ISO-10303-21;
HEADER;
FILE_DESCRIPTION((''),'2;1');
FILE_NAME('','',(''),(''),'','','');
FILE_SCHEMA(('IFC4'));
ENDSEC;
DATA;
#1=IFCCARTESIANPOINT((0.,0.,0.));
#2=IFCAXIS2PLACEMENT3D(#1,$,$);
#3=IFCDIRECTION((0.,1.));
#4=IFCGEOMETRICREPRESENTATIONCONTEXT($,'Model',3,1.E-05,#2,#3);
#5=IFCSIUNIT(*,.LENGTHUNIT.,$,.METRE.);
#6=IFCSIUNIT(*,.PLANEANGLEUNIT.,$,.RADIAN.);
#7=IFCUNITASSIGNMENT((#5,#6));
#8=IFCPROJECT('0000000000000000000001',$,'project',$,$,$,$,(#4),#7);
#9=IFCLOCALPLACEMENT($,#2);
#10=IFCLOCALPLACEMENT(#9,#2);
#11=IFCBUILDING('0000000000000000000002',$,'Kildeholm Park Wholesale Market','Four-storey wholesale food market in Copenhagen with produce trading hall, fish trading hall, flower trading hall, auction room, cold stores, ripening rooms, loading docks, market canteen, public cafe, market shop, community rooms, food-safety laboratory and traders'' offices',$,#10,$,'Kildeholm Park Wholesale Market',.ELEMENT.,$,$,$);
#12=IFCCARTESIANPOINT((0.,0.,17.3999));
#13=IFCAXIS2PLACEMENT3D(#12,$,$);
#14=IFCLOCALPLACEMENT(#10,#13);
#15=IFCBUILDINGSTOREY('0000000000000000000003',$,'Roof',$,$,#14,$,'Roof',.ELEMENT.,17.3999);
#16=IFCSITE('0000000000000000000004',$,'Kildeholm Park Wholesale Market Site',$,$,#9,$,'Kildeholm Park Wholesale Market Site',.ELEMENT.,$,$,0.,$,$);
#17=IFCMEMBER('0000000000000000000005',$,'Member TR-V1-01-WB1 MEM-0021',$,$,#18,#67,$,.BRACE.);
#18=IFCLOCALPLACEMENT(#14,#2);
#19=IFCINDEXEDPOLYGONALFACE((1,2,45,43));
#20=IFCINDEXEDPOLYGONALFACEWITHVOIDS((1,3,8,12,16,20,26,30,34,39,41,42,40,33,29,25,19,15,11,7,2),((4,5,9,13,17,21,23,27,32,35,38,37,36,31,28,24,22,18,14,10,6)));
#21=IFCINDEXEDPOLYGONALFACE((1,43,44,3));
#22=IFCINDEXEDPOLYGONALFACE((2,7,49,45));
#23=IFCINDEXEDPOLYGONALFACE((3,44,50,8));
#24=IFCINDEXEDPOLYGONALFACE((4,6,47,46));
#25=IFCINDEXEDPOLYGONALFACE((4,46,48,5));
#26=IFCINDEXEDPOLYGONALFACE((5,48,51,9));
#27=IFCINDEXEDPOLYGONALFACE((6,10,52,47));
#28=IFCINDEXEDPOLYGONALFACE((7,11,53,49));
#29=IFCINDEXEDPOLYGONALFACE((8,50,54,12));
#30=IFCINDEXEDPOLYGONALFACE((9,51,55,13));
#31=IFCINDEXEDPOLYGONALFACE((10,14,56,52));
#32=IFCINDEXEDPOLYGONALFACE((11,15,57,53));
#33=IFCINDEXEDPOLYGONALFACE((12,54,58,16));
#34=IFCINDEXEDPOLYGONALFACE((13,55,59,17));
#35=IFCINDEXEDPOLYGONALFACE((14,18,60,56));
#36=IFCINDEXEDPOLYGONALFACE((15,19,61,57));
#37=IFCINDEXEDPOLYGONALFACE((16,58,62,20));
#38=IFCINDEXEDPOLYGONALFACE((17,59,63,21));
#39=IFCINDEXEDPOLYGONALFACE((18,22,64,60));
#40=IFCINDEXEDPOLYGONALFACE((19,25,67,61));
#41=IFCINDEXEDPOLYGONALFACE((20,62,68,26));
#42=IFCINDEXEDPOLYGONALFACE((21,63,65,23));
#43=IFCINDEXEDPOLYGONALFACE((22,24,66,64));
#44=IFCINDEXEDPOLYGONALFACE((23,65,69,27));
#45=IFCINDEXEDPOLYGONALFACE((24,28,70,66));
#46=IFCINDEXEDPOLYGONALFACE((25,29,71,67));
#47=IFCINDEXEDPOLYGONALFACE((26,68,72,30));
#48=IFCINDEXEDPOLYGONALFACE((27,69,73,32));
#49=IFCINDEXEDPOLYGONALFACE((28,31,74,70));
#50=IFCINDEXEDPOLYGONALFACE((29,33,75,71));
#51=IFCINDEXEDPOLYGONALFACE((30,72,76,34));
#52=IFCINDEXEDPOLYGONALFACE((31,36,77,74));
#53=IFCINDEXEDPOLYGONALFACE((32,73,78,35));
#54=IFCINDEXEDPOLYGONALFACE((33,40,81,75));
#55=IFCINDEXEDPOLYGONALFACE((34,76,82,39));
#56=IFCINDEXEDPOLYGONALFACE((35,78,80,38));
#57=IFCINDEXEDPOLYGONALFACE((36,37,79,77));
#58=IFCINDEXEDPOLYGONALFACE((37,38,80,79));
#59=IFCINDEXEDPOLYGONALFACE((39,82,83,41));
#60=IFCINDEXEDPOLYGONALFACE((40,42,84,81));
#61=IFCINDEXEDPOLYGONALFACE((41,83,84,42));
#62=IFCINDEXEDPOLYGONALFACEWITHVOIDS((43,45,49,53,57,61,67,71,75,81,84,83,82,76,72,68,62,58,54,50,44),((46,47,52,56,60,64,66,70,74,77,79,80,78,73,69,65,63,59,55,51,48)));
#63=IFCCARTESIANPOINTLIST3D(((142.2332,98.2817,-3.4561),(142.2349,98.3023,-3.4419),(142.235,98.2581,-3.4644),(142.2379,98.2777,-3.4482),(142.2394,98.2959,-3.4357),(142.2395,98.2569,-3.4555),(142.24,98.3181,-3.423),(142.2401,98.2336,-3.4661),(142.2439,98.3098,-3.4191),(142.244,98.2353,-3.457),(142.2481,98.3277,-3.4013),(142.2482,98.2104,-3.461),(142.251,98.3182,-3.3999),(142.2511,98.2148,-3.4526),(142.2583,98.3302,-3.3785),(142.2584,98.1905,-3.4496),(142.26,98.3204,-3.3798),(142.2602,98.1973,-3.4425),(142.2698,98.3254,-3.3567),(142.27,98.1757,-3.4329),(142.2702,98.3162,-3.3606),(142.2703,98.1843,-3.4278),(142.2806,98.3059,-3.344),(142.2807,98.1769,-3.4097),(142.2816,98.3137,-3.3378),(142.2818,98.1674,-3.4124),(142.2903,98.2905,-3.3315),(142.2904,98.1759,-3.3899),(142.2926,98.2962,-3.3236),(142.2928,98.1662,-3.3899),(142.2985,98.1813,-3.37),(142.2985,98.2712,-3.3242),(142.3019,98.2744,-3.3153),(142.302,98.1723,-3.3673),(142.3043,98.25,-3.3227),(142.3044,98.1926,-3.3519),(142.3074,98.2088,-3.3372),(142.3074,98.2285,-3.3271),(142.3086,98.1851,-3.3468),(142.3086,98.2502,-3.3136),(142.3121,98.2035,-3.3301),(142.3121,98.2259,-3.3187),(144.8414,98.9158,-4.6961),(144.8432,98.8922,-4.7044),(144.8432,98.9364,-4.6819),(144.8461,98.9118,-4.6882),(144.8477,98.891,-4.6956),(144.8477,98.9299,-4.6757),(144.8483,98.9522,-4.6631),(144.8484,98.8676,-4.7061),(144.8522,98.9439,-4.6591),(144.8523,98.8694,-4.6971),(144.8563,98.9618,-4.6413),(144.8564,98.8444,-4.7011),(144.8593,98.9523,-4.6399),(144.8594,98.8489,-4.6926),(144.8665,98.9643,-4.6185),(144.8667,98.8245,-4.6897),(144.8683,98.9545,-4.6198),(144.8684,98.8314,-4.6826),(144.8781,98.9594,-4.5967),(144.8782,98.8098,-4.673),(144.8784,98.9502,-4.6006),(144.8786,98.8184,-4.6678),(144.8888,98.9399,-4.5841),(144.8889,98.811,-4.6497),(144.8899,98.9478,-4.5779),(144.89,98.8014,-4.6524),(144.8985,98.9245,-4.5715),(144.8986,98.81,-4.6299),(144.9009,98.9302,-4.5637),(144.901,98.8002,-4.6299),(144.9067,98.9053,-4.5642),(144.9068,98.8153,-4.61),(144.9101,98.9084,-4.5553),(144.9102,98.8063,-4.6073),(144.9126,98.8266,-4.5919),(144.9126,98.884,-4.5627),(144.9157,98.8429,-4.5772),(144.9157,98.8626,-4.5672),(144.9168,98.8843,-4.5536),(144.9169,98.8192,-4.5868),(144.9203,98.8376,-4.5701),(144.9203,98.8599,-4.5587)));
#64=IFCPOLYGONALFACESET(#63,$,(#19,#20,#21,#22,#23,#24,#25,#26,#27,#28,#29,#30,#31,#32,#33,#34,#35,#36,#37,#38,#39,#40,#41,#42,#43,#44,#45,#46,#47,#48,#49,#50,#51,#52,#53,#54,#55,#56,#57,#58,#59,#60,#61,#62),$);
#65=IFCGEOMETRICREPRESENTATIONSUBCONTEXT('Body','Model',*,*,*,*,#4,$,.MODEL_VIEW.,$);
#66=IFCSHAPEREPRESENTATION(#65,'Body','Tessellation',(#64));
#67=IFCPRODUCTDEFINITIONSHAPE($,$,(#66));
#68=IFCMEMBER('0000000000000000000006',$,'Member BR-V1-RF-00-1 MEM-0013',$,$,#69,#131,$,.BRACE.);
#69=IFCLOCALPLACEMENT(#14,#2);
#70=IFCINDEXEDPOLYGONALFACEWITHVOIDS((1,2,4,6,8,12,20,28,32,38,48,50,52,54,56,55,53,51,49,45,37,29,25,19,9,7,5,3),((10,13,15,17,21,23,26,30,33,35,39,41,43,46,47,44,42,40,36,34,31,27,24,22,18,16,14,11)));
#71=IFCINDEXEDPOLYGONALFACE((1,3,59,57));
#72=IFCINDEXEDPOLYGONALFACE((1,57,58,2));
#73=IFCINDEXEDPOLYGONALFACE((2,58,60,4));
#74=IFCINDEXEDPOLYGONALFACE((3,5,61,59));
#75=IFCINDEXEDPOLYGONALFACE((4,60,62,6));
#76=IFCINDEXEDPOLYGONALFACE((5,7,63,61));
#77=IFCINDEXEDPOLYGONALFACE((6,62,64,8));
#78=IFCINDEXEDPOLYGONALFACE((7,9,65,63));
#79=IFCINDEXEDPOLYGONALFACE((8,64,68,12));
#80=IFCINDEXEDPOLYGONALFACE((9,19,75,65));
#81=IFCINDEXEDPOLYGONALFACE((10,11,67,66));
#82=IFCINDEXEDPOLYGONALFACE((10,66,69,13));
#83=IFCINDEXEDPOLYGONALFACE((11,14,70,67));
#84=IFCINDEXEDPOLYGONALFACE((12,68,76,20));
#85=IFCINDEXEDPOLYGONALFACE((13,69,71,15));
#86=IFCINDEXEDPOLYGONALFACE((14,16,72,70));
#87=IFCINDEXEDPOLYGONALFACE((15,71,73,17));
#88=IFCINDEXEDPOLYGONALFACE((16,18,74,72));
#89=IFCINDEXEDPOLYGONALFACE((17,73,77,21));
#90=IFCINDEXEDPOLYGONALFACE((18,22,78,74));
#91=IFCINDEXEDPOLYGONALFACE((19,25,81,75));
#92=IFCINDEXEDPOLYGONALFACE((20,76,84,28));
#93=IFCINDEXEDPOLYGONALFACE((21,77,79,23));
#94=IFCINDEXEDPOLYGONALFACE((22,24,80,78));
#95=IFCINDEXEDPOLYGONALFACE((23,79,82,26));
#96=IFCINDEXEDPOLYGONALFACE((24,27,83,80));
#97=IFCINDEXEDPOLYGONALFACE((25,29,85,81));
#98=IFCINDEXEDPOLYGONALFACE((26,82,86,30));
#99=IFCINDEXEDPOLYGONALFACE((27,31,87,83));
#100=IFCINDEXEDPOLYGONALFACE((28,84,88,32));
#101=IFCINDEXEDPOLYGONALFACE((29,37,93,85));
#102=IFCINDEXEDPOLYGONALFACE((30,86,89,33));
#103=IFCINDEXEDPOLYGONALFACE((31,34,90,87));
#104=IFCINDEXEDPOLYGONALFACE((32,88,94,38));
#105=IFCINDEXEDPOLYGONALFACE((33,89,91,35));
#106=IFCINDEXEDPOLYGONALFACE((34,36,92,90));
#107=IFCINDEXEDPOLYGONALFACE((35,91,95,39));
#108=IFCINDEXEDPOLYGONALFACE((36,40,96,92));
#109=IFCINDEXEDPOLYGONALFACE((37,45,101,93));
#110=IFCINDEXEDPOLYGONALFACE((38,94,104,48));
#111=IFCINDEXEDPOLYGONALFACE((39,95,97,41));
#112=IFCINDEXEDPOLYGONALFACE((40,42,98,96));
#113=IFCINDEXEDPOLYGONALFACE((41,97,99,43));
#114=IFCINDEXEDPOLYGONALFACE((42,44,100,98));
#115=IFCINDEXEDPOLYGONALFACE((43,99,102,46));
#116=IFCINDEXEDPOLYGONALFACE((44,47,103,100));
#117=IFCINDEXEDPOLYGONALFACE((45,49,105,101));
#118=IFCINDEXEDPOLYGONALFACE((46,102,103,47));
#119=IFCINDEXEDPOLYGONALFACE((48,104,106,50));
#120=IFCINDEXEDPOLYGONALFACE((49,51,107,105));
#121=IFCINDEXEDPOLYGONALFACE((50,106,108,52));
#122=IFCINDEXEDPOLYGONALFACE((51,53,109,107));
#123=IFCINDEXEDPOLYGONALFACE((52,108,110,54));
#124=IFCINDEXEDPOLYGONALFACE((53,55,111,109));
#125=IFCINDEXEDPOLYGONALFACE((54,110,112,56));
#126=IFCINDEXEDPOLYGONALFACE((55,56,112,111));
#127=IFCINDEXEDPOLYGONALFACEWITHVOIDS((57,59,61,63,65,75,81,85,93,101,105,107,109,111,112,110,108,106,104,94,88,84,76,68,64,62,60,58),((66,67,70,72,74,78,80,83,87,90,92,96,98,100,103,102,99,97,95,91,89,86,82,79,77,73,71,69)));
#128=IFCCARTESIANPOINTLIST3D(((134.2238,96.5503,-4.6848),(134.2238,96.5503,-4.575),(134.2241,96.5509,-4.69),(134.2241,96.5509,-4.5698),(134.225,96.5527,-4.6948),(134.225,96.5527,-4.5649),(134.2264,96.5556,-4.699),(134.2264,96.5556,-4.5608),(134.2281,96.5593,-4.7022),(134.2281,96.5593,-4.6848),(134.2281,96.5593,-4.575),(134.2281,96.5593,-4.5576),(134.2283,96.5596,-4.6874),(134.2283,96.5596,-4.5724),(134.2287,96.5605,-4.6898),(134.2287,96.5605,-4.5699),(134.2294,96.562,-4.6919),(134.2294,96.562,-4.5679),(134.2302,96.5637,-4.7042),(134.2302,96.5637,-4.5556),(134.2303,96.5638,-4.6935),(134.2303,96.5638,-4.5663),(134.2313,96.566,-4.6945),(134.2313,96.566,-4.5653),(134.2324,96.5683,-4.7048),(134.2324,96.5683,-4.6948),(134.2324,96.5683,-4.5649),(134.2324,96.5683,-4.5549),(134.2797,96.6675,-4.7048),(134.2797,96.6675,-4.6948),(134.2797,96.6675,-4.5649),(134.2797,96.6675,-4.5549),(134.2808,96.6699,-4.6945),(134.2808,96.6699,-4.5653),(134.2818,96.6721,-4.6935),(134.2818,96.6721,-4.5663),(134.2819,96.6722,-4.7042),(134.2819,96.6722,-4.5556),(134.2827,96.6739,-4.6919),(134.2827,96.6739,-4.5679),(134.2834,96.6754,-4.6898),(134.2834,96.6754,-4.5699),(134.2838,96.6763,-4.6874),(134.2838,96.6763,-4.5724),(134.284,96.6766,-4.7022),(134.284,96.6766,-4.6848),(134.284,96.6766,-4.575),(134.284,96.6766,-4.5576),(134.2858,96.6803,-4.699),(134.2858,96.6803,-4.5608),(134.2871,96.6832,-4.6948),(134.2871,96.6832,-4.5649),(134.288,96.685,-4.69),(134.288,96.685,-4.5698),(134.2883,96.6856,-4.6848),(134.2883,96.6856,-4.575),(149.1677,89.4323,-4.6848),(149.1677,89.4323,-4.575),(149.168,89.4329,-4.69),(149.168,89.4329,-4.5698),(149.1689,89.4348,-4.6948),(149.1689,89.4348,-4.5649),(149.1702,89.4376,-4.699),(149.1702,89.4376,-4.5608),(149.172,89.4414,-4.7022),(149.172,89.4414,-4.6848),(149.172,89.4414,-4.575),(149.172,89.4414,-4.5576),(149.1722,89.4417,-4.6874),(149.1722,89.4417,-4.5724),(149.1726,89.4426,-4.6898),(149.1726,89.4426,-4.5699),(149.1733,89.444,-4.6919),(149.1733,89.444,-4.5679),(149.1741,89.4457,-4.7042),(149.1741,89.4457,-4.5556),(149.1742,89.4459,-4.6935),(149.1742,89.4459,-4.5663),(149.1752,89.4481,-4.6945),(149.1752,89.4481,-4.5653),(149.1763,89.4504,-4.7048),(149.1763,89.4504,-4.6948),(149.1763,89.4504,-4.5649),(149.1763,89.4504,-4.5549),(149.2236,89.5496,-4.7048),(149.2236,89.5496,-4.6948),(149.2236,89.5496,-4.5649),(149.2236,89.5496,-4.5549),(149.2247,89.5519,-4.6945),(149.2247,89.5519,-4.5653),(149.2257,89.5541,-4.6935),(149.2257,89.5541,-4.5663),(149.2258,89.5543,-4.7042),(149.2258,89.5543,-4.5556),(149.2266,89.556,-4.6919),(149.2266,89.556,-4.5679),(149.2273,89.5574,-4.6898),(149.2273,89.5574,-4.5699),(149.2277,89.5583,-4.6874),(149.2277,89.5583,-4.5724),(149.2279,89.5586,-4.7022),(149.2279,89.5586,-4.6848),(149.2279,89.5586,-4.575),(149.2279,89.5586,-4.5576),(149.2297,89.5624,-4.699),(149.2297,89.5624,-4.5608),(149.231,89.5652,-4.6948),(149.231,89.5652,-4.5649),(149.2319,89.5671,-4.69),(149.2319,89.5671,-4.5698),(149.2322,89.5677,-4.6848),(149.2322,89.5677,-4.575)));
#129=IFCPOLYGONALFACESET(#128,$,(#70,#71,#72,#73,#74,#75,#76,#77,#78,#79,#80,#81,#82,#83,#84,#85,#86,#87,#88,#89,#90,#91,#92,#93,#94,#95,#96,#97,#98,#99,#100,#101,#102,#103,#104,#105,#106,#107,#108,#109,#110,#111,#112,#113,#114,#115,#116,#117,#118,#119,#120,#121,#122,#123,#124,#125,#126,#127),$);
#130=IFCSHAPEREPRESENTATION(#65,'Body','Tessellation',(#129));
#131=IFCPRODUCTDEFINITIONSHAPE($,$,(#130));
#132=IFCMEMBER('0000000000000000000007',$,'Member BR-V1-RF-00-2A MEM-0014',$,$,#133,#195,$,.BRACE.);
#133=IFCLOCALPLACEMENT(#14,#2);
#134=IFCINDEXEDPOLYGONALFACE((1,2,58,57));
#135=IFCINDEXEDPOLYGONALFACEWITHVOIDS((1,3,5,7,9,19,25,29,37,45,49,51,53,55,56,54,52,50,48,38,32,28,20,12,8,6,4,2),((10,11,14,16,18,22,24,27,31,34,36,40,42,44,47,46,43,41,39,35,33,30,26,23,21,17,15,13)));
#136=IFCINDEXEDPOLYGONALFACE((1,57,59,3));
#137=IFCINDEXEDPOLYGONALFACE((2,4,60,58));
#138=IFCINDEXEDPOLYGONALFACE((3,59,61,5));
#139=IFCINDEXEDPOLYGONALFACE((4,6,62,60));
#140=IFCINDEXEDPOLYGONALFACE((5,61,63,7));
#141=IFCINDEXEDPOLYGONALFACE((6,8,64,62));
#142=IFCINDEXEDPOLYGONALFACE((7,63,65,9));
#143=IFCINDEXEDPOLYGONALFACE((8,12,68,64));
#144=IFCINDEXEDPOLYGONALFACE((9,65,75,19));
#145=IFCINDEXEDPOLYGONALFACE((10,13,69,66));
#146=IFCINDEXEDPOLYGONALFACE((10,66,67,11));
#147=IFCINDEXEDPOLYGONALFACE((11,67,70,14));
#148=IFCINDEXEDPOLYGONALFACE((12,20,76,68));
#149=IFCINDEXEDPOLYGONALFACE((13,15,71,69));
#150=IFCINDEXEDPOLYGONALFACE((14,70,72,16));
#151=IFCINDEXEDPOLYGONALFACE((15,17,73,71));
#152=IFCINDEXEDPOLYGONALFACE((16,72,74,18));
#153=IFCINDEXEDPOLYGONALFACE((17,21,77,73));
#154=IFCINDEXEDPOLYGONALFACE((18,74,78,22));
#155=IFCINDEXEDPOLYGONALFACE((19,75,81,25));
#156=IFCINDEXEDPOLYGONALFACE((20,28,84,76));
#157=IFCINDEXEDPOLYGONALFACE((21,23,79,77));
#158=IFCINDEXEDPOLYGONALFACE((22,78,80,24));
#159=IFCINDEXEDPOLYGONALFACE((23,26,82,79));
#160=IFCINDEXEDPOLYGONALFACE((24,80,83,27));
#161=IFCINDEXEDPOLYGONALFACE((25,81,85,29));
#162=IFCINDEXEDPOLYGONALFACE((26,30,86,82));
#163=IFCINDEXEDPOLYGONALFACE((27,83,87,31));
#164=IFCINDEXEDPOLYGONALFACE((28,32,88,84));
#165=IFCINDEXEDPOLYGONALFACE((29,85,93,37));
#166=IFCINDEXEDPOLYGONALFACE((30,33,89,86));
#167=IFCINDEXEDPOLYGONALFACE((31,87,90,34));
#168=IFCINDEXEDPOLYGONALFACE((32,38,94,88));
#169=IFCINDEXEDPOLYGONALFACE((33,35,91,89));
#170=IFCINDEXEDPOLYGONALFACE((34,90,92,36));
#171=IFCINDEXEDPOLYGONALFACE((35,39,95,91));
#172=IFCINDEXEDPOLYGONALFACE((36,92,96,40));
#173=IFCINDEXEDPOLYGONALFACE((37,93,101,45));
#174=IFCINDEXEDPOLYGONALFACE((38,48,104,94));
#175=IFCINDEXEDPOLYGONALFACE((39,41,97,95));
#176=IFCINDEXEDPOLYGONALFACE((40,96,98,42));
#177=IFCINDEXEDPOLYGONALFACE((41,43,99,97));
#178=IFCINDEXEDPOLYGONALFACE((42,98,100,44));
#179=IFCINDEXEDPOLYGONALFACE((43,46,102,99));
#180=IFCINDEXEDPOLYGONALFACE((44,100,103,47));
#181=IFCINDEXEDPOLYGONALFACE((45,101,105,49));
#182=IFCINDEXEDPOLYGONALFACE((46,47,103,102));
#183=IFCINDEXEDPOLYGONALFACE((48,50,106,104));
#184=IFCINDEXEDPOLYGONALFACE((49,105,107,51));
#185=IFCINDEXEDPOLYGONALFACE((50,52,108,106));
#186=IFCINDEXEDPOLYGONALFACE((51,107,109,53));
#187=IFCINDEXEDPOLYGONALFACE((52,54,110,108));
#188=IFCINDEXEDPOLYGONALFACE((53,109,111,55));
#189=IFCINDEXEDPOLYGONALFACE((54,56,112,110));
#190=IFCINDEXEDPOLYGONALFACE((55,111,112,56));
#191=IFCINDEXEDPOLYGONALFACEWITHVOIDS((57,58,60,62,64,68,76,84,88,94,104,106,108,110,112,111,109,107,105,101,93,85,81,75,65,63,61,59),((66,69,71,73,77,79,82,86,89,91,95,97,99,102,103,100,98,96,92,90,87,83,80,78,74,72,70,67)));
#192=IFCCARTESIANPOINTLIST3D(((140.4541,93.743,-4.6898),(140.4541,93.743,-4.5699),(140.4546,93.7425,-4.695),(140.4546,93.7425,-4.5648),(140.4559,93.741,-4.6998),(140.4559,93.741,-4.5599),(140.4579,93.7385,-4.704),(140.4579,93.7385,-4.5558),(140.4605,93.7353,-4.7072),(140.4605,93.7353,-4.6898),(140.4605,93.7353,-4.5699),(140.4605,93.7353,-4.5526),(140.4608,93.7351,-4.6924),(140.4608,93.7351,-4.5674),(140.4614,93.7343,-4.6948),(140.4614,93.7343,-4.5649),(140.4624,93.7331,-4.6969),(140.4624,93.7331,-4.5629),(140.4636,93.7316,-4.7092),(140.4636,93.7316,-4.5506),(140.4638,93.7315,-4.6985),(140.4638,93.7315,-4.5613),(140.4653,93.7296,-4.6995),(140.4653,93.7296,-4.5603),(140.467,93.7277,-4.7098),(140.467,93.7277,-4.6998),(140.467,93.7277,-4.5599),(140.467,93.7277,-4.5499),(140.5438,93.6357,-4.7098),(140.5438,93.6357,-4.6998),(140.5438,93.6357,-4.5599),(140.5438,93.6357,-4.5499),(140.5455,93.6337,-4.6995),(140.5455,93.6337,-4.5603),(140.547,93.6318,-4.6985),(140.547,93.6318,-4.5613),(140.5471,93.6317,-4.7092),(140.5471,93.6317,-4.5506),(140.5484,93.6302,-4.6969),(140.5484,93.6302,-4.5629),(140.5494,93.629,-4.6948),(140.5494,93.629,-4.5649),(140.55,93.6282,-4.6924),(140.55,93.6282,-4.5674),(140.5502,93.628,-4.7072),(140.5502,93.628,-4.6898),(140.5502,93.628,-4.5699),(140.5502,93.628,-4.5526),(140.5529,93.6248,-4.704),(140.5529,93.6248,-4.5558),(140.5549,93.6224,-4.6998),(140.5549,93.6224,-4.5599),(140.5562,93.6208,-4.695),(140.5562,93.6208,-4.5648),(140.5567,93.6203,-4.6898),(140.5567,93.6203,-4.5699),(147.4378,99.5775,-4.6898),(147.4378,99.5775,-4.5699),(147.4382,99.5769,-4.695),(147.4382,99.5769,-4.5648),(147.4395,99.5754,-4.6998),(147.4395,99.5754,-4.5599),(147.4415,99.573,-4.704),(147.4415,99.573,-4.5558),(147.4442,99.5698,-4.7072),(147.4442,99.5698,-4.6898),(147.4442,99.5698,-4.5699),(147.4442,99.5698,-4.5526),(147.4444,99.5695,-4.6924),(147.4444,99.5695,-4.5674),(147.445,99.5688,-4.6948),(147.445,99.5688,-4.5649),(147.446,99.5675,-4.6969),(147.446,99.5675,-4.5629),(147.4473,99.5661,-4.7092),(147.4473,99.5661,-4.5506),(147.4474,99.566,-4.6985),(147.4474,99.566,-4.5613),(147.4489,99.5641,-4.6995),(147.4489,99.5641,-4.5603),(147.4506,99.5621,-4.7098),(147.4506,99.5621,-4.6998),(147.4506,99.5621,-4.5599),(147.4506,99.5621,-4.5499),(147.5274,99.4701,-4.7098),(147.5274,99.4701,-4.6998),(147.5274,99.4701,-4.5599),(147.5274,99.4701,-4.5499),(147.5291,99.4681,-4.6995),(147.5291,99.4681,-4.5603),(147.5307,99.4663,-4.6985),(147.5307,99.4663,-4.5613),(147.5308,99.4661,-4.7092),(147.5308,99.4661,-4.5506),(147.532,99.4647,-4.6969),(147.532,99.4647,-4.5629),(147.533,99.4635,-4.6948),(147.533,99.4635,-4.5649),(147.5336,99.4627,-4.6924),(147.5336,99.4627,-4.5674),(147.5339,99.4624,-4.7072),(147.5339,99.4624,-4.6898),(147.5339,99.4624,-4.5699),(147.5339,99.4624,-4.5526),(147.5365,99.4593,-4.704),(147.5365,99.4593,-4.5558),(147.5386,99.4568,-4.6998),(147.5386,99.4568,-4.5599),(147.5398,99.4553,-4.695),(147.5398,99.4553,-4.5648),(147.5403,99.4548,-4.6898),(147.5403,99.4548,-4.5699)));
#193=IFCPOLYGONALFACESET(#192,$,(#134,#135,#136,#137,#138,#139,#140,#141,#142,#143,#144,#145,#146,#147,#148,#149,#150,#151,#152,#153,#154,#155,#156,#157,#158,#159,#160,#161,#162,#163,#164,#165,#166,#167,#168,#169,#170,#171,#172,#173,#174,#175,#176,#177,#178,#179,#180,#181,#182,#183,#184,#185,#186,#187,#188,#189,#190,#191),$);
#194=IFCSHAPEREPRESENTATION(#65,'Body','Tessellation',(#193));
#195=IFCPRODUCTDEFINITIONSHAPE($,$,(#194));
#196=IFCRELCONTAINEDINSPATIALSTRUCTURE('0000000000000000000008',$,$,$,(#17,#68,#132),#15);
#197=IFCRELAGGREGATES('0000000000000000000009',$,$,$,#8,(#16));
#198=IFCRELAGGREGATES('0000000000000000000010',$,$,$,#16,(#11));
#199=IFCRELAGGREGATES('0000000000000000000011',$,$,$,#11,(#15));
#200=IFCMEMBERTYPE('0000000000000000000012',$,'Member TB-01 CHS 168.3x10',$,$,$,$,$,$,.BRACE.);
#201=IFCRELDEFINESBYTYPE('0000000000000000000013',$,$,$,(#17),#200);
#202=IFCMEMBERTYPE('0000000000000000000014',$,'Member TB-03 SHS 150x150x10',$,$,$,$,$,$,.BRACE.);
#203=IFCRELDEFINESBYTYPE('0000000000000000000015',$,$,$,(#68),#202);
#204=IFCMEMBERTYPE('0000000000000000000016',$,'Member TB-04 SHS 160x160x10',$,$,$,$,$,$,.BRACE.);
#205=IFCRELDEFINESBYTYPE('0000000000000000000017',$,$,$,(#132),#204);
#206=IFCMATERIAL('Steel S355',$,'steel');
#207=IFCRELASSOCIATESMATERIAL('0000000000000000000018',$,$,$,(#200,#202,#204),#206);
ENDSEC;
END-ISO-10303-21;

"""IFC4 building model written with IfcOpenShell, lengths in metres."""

from ifc_helpers import new_model, si_unit, direction, frame, origin, origin_2d, place, context, subcontext, project, spatial, hollow_rectangle, hollow_circle, extrude, material, material_profile, profile_set, type_object, element, save


model = new_model("IFC4")

# Units and contexts
model_context = context("Model", 3, precision=1e-05, world=origin(), true_north=direction((0.0, 1.0)))
body_context = subcontext(model_context, "Body", "Model", "MODEL_VIEW")
ifc_project = project(units=[si_unit("LENGTHUNIT", "METRE"), si_unit("PLANEANGLEUNIT", "RADIAN")], contexts=[model_context])

# Site, building, storey
site_placement = place(None, origin())
site = spatial("IfcSite", under=ifc_project, at=site_placement, Name="Kildeholm Park Wholesale Market Site", LongName="Kildeholm Park Wholesale Market Site", CompositionType="ELEMENT", RefElevation=0.0)
building_placement = place(site_placement, origin())
building = spatial("IfcBuilding", under=site, at=building_placement, Name="Kildeholm Park Wholesale Market", Description="Four-storey wholesale food market in Copenhagen with produce trading hall, fish trading hall, flower trading hall, auction room, cold stores, ripening rooms, loading docks, market canteen, public cafe, market shop, community rooms, food-safety laboratory and traders' offices", LongName="Kildeholm Park Wholesale Market", CompositionType="ELEMENT")
storey_placement = place(building_placement, frame((0.0, 0.0, 17.3999)))
storey = spatial("IfcBuildingStorey", under=building, at=storey_placement, Name="Roof", LongName="Roof", CompositionType="ELEMENT", Elevation=17.3999)

# Shared definitions
ifc_material_1 = material(Name="Steel S355", Category="steel")

# Members
ifc_material_profile_1 = material_profile(ifc_material_1, hollow_circle(Radius=0.0842, WallThickness=0.01, at=origin_2d()), Name="CHS 168.3x10")
ifc_profile_set_1 = profile_set([ifc_material_profile_1], Name="Steel S355")
member_type_1 = type_object("IfcMemberType", Name="Member TB-01 CHS 168.3x10", PredefinedType="BRACE", material=ifc_profile_set_1)
member_1_placement = place(storey_placement, frame((144.8811, 98.8821, -4.6299), z_axis=(-0.882118, -0.21444, 0.419384), x_axis=(0.236217, -0.9717, 0.0)))
element("IfcMember", 1, at=member_1_placement, inside=storey, type_object=member_type_1, Name="Member TR-V1-01-WB1 MEM-0021", PredefinedType="BRACE", context=body_context, shape_type="SweptSolid", body=[
    extrude(hollow_circle(Radius=0.0842, WallThickness=0.01, at=origin_2d()), origin(), (0.0, 0.0, 1.0), 2.9568),
])
ifc_material_profile_2 = material_profile(ifc_material_1, hollow_rectangle(XDim=0.1499, YDim=0.1499, WallThickness=0.01, InnerFilletRadius=0.01, OuterFilletRadius=0.02, at=origin_2d()), Name="SHS 150x150x10")
ifc_profile_set_2 = profile_set([ifc_material_profile_2], Name="Steel S355")
member_type_2 = type_object("IfcMemberType", Name="Member TB-03 SHS 150x150x10", PredefinedType="BRACE", material=ifc_profile_set_2)
member_2_placement = place(storey_placement, frame((149.2, 89.5, -4.6299), z_axis=(-0.902818, 0.430022, 0.0), x_axis=(-0.430022, -0.902818, 0.0)))
element("IfcMember", 2, at=member_2_placement, inside=storey, type_object=member_type_2, Name="Member BR-V1-RF-00-1 MEM-0013", PredefinedType="BRACE", context=body_context, shape_type="SweptSolid", body=[
    extrude(hollow_rectangle(XDim=0.1499, YDim=0.1499, WallThickness=0.01, InnerFilletRadius=0.01, OuterFilletRadius=0.02, at=origin_2d()), origin(), (0.0, 0.0, 1.0), 16.5525),
])
ifc_material_profile_3 = material_profile(ifc_material_1, hollow_rectangle(XDim=0.1599, YDim=0.1599, WallThickness=0.01, InnerFilletRadius=0.01, OuterFilletRadius=0.02, at=origin_2d()), Name="SHS 160x160x10")
ifc_profile_set_3 = profile_set([ifc_material_profile_3], Name="Steel S355")
member_type_3 = type_object("IfcMemberType", Name="Member TB-04 SHS 160x160x10", PredefinedType="BRACE", material=ifc_profile_set_3)
member_3_placement = place(storey_placement, frame((147.489, 99.5161, -4.6299), z_axis=(-0.767422, -0.641142, 0.0), x_axis=(0.641142, -0.767422, 0.0)))
element("IfcMember", 3, at=member_3_placement, inside=storey, type_object=member_type_3, Name="Member BR-V1-RF-00-2A MEM-0014", PredefinedType="BRACE", context=body_context, shape_type="SweptSolid", body=[
    extrude(hollow_rectangle(XDim=0.1599, YDim=0.1599, WallThickness=0.01, InnerFilletRadius=0.01, OuterFilletRadius=0.02, at=origin_2d()), origin(), (0.0, 0.0, 1.0), 9.1001),
])

save(model, "model.ifc")
